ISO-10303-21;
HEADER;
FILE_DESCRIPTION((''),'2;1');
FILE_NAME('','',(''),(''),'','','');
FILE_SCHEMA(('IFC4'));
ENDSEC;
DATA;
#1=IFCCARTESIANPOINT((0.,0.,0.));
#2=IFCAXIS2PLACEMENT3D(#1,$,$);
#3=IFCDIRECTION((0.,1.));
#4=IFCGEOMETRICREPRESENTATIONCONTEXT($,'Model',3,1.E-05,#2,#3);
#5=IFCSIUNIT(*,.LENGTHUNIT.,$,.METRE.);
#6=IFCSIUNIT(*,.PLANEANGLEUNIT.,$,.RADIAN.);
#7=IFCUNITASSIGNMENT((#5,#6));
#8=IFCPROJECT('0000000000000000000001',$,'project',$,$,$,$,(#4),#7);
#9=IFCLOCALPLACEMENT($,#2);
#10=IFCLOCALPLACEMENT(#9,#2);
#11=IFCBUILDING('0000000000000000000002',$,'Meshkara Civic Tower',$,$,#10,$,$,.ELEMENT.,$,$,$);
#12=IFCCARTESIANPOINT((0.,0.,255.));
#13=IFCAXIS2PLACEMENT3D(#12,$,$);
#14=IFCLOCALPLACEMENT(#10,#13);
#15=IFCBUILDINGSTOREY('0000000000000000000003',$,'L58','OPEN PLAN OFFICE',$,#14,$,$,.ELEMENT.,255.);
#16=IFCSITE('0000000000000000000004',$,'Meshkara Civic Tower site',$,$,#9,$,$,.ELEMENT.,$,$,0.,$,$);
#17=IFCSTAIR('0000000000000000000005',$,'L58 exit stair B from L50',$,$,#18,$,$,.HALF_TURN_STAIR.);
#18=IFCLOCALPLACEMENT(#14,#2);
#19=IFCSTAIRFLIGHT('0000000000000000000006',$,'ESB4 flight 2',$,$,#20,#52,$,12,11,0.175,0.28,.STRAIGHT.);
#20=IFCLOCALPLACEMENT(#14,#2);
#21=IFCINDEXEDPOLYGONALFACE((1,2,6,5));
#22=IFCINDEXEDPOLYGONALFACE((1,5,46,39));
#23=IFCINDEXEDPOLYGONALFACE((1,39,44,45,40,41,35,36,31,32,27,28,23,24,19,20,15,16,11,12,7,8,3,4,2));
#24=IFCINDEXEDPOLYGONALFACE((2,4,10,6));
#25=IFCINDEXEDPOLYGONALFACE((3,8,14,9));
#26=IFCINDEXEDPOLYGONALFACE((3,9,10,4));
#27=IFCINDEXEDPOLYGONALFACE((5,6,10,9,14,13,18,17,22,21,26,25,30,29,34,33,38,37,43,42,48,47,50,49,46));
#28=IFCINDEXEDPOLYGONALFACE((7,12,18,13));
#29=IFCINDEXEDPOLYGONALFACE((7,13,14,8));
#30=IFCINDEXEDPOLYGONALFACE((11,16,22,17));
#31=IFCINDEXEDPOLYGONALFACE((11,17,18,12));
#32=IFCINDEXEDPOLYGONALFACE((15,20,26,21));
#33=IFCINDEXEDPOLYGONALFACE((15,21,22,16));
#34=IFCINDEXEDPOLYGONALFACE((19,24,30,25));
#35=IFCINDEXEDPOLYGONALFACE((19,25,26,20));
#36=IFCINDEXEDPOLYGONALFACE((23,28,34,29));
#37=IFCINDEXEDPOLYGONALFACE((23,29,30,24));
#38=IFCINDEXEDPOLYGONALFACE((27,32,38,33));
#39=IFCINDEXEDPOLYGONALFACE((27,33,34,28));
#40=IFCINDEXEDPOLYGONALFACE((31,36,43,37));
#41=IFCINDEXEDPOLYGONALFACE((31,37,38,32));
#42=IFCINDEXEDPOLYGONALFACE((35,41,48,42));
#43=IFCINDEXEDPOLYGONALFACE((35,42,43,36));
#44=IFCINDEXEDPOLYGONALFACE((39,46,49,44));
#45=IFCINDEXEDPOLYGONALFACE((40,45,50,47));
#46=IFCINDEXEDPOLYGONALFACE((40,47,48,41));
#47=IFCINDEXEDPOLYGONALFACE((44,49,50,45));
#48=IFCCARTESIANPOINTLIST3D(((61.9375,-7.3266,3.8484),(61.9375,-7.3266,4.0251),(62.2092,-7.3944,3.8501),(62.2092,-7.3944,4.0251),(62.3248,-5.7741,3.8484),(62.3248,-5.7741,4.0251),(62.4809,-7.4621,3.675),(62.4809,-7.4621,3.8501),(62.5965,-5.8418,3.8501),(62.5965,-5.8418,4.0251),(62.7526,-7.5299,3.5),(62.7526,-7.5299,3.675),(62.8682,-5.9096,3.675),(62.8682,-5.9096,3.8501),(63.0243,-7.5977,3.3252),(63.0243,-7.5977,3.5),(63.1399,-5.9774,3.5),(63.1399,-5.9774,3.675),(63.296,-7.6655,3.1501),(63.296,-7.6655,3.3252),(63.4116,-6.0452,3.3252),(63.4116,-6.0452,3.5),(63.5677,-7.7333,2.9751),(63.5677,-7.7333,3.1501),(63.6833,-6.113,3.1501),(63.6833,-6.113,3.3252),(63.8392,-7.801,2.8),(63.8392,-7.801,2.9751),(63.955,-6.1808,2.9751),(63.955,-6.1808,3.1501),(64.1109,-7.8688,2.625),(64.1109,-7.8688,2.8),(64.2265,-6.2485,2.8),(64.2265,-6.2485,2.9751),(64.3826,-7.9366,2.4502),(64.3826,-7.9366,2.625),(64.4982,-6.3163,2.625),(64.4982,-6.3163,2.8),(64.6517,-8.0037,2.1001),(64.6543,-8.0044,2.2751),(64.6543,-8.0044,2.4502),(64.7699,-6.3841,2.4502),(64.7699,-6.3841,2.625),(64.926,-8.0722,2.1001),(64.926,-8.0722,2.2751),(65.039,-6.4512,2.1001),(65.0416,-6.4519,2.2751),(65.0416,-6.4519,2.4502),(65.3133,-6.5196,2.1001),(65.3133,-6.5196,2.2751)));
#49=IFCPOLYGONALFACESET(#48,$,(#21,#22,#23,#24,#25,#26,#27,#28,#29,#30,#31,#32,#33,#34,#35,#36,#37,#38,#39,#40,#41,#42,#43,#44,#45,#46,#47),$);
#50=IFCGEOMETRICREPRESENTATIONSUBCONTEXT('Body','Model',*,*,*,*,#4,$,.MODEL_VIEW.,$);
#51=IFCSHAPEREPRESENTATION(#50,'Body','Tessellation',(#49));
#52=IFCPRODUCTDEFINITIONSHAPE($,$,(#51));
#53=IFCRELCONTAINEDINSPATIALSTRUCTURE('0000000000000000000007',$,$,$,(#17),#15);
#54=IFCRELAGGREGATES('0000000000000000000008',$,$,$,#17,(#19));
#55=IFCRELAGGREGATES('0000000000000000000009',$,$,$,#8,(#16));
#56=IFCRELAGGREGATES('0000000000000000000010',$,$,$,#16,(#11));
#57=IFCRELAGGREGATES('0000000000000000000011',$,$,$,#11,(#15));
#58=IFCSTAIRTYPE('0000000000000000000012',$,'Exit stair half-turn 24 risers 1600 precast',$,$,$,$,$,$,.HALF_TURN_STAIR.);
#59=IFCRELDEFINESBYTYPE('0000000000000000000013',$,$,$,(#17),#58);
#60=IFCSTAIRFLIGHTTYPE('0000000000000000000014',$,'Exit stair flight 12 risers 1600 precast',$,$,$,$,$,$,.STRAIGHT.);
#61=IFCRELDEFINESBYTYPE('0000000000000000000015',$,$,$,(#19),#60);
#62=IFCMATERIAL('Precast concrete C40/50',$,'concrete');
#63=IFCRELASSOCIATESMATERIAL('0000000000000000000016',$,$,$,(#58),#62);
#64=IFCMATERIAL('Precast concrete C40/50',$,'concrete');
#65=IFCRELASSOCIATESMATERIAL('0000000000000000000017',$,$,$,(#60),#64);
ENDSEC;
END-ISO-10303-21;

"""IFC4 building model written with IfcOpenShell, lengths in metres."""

from ifc_helpers import new_model, si_unit, direction, frame, origin, place, context, subcontext, project, spatial, polyline, outline, extrude, material, type_object, element, aggregate, save


model = new_model("IFC4")

# Units and contexts
model_context = context("Model", 3, precision=1e-05, world=origin(), true_north=direction((0.0, 1.0)))
body_context = subcontext(model_context, "Body", "Model", "MODEL_VIEW")
ifc_project = project(units=[si_unit("LENGTHUNIT", "METRE"), si_unit("PLANEANGLEUNIT", "RADIAN")], contexts=[model_context])

# Site, building, storey
site_placement = place(None, origin())
site = spatial("IfcSite", under=ifc_project, at=site_placement, Name="Meshkara Civic Tower site", CompositionType="ELEMENT", RefElevation=0.0)
building_placement = place(site_placement, origin())
building = spatial("IfcBuilding", under=site, at=building_placement, Name="Meshkara Civic Tower", CompositionType="ELEMENT")
storey_placement = place(building_placement, frame((0.0, 0.0, 255.0)))
storey = spatial("IfcBuildingStorey", under=building, at=storey_placement, Name="L58", Description="OPEN PLAN OFFICE", CompositionType="ELEMENT", Elevation=255.0)

# Stair, stair flight
ifc_material_1 = material(Name="Precast concrete C40/50", Category="concrete")
stair_type = type_object("IfcStairType", Name="Exit stair half-turn 24 risers 1600 precast", PredefinedType="HALF_TURN_STAIR", material=ifc_material_1)
stair_placement = place(storey_placement, origin())
stair = element("IfcStair", 1, at=stair_placement, inside=storey, type_object=stair_type, Name="L58 exit stair B from L50", PredefinedType="HALF_TURN_STAIR")
ifc_material_2 = material(Name="Precast concrete C40/50", Category="concrete")
stair_flight_type = type_object("IfcStairFlightType", Name="Exit stair flight 12 risers 1600 precast", PredefinedType="STRAIGHT", material=ifc_material_2)
stair_flight_1_placement = place(storey_placement, frame((65.1196, -7.2959, 2.1001), z_axis=(0.0, 0.0, 1.0), x_axis=(-0.97026, 0.242065, 0.0)))
stair_flight_1 = element("IfcStairFlight", 2, at=stair_flight_1_placement, type_object=stair_flight_type, Name="ESB4 flight 2", NumberOfRisers=12, NumberOfTreads=11, PredefinedType="STRAIGHT", RiserHeight=0.175, TreadLength=0.28, context=body_context, shape_type="SweptSolid", body=[
    extrude(outline(polyline([(0.0, 0.0), (0.0, 0.175), (0.28, 0.175), (0.28, 0.3501), (0.5601, 0.3501), (0.5601, 0.5249), (0.8401, 0.5249), (0.8401, 0.7), (1.1201, 0.7), (1.1201, 0.875), (1.3999, 0.875), (1.3999, 1.05), (1.6799, 1.05), (1.6799, 1.2251), (1.96, 1.2251), (1.96, 1.3999), (2.24, 1.3999), (2.24, 1.575), (2.52, 1.575), (2.52, 1.75), (2.8, 1.75), (2.8, 1.925), (3.0801, 1.925), (3.0801, 2.1001), (3.0801, 1.7483), (0.2827, 0.0), (0.0, 0.0)])), frame((0.0, 0.8, 0.0), z_axis=(0.0, -1.0, 0.0), x_axis=(1.0, 0.0, 0.0)), (0.0, 0.0, 1.0), 1.6001),
])
aggregate(stair, [stair_flight_1])

save(model, "model.ifc")
